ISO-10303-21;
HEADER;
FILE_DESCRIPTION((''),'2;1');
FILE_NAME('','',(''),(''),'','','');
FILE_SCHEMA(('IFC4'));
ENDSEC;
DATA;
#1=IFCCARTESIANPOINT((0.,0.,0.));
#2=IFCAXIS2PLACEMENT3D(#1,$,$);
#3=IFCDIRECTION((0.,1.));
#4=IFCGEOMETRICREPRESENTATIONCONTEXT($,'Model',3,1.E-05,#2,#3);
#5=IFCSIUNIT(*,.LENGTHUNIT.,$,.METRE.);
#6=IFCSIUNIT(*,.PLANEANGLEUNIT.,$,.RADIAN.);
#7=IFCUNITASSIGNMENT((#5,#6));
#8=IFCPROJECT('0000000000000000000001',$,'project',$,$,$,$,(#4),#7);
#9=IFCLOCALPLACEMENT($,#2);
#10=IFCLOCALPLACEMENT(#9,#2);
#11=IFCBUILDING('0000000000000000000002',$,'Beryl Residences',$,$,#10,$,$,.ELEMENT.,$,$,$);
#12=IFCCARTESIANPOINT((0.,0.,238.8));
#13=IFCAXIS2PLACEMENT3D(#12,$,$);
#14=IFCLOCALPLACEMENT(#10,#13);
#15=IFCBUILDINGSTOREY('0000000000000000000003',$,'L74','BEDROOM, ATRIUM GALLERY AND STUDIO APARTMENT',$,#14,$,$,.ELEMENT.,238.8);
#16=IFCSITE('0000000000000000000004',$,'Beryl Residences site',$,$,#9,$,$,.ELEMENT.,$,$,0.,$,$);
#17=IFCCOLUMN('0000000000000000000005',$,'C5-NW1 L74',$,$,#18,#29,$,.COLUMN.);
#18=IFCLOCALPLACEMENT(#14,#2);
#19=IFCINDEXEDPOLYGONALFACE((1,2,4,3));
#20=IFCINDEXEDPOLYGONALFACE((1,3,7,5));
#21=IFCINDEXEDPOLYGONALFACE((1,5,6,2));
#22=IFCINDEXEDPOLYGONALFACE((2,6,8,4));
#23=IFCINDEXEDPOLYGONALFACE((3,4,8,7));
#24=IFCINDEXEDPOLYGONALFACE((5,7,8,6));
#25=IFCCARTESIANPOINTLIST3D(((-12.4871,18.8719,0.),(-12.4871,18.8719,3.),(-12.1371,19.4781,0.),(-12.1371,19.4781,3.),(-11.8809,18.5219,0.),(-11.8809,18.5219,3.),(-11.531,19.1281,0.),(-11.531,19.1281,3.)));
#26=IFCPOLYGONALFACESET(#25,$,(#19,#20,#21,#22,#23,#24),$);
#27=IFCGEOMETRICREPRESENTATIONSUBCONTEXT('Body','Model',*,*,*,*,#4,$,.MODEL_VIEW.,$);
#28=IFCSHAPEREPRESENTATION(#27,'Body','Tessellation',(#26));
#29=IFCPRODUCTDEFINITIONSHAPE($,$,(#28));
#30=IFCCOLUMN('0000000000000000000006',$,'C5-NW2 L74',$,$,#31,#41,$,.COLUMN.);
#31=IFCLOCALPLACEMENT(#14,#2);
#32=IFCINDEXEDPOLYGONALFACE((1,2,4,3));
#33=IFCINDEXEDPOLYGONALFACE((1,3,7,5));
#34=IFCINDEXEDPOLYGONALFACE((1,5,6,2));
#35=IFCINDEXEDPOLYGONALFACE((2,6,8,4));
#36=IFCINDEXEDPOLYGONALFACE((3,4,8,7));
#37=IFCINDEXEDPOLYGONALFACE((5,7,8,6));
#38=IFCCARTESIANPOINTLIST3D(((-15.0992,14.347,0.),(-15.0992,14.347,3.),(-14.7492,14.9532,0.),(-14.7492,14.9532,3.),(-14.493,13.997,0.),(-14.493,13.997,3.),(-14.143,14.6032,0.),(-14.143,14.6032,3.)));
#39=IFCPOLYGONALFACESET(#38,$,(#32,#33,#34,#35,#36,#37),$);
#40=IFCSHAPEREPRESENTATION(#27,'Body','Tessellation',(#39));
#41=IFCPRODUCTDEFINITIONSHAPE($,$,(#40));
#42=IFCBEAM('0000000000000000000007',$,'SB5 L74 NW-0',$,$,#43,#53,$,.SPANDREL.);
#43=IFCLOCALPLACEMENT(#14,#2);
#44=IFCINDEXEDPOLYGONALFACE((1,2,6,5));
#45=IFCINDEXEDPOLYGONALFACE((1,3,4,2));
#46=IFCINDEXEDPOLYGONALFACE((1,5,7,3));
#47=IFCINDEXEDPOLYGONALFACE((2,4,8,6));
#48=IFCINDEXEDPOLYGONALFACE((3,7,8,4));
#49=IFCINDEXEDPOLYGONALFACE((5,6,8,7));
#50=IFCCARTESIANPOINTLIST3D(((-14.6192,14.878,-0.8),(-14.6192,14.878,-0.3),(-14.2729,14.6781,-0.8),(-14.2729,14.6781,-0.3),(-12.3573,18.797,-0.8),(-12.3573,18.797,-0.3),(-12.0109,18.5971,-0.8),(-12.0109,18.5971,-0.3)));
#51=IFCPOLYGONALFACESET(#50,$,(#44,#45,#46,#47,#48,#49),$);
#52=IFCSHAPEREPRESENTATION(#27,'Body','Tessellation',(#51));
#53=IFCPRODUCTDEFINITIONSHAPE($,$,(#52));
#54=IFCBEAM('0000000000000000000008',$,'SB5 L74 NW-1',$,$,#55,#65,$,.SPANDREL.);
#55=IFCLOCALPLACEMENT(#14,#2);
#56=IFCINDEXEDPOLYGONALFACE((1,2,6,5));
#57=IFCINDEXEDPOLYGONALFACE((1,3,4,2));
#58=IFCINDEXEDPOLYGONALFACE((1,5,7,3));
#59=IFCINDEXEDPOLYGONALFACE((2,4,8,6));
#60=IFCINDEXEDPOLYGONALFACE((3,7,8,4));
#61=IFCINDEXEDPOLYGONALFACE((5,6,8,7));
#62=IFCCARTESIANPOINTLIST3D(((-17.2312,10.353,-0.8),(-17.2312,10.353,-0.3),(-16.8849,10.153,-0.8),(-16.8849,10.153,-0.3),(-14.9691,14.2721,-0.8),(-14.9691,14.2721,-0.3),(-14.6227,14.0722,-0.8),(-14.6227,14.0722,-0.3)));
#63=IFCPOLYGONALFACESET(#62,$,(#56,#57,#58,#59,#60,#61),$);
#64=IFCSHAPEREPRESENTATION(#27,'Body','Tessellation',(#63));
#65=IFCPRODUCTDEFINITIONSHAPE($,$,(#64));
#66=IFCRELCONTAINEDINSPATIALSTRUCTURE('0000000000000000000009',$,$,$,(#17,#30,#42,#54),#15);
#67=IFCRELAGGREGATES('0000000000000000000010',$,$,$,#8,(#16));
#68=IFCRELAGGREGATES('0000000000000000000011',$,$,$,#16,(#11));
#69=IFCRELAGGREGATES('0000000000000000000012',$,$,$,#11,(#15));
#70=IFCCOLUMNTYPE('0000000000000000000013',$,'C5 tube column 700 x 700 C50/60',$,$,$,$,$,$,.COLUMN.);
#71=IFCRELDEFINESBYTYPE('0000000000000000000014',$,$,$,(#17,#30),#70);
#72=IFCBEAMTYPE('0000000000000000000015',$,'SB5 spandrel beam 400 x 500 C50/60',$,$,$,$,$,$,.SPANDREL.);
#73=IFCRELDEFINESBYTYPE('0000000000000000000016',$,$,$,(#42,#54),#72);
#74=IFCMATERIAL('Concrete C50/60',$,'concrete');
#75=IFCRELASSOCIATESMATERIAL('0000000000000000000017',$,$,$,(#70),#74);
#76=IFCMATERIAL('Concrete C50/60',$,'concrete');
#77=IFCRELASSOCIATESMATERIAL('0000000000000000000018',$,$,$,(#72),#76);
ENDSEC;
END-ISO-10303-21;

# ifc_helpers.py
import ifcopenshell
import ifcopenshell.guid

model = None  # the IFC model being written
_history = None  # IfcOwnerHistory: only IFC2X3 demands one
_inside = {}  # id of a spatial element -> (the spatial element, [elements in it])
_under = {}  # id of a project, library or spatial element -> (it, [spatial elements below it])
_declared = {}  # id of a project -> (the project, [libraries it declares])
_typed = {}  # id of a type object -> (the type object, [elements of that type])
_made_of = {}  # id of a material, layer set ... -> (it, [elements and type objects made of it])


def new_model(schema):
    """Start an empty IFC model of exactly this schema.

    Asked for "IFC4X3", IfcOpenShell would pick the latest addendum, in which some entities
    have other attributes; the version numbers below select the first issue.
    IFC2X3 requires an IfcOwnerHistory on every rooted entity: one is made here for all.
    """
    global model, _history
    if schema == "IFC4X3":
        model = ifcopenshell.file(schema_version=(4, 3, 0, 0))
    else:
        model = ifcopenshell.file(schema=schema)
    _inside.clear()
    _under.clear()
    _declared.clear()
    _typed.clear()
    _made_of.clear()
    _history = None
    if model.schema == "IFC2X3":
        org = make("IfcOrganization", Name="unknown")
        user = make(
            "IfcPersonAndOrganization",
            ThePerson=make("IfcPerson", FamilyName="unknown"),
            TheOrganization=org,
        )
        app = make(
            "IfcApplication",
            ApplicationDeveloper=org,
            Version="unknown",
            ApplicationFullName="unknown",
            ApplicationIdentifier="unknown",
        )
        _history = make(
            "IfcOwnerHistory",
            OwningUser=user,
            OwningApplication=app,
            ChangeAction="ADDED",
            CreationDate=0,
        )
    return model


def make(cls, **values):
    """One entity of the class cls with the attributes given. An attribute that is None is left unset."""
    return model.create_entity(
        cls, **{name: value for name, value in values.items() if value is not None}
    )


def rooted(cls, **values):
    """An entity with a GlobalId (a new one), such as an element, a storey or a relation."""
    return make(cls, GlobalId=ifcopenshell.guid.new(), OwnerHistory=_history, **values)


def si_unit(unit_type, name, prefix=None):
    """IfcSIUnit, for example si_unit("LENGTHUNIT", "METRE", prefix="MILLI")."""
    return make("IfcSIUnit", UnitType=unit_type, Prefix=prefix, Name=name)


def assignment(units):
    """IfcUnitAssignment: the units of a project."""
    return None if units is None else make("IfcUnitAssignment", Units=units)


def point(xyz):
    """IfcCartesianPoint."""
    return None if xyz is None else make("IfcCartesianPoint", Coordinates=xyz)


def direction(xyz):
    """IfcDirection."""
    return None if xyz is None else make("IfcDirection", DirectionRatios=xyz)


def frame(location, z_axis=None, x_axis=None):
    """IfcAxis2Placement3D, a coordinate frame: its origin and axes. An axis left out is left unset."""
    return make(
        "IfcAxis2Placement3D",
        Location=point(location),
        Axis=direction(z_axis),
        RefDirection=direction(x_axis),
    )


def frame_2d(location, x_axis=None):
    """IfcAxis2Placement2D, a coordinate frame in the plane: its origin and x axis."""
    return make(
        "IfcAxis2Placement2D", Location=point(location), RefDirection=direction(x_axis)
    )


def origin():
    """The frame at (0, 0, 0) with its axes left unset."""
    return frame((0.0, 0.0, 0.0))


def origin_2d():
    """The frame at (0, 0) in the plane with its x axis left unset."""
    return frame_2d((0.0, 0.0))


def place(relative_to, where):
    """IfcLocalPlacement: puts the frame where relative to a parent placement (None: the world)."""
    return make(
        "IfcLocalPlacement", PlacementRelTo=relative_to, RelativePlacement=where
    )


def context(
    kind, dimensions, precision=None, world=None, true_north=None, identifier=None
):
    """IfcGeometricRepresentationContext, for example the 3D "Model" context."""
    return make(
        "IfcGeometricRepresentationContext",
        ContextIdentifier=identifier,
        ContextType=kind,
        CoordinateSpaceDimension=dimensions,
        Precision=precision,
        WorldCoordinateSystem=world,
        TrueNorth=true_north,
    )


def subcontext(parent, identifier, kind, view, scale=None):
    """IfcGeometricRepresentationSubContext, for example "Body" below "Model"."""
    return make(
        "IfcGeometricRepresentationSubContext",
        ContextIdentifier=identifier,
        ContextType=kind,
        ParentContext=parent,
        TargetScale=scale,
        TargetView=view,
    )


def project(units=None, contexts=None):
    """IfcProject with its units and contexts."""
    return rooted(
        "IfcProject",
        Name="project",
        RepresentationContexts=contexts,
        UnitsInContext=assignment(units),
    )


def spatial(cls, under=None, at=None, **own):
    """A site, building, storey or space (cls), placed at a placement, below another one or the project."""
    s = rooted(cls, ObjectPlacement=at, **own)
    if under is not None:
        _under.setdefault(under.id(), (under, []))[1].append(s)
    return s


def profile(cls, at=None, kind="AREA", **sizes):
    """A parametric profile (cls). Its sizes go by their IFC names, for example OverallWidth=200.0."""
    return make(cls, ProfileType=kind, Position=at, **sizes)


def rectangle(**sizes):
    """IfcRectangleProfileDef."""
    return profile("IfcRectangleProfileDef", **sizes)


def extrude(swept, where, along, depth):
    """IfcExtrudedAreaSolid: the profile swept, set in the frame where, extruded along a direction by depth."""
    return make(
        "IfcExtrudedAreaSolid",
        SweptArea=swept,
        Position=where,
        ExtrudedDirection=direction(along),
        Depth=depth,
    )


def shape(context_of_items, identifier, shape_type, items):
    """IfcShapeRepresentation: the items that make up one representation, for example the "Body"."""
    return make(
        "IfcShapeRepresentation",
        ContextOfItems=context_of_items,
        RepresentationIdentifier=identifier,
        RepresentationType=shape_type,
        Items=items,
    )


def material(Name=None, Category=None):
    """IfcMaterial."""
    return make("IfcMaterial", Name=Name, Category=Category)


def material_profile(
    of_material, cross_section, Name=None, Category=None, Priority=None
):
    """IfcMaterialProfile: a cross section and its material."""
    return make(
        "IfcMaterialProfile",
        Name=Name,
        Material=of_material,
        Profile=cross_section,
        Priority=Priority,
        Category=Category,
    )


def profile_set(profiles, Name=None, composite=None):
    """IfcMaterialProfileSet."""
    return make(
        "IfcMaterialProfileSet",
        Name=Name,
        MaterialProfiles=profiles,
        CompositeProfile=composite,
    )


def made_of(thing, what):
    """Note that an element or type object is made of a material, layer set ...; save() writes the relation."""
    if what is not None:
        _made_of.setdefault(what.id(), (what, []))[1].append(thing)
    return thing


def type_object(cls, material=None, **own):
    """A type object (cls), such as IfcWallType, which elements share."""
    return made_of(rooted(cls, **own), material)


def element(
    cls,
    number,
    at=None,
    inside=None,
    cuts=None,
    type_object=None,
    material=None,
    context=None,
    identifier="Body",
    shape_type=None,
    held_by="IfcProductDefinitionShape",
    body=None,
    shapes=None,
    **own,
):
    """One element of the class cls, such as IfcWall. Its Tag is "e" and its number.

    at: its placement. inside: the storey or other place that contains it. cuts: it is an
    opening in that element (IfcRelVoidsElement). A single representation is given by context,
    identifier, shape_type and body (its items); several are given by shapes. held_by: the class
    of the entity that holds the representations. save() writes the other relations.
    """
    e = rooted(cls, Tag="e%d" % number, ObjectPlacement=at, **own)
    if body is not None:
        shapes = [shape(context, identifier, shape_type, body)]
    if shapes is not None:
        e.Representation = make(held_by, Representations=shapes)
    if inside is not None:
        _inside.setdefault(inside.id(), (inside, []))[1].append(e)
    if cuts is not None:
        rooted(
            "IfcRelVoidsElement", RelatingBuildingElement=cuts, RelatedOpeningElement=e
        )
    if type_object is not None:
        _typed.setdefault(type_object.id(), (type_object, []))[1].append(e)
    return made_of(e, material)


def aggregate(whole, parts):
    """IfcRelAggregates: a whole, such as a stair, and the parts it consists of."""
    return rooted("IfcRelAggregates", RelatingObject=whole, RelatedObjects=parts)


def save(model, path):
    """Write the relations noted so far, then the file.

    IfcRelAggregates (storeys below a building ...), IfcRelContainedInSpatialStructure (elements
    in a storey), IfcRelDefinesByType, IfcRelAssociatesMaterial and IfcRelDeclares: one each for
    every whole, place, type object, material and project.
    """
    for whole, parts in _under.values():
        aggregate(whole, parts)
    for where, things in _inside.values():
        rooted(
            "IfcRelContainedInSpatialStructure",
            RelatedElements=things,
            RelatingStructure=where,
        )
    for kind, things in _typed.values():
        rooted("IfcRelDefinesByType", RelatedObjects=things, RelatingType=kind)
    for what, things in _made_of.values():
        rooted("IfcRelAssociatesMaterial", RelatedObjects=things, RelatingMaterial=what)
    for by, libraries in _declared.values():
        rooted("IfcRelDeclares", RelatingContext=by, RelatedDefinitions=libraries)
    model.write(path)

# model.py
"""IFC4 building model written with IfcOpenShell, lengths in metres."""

from ifc_helpers import new_model, si_unit, direction, frame, origin, origin_2d, place, context, subcontext, project, spatial, rectangle, extrude, material, material_profile, profile_set, type_object, element, save


model = new_model("IFC4")

# Units and contexts
model_context = context("Model", 3, precision=1e-05, world=origin(), true_north=direction((0.0, 1.0)))
body_context = subcontext(model_context, "Body", "Model", "MODEL_VIEW")
ifc_project = project(units=[si_unit("LENGTHUNIT", "METRE"), si_unit("PLANEANGLEUNIT", "RADIAN")], contexts=[model_context])

# Site, building, storey
site_placement = place(None, origin())
site = spatial("IfcSite", under=ifc_project, at=site_placement, Name="Beryl Residences site", CompositionType="ELEMENT", RefElevation=0.0)
building_placement = place(site_placement, origin())
building = spatial("IfcBuilding", under=site, at=building_placement, Name="Beryl Residences", CompositionType="ELEMENT")
storey_placement = place(building_placement, frame((0.0, 0.0, 238.8)))
storey = spatial("IfcBuildingStorey", under=building, at=storey_placement, Name="L74", Description="BEDROOM, ATRIUM GALLERY AND STUDIO APARTMENT", CompositionType="ELEMENT", Elevation=238.8)

# Columns
ifc_material_1 = material(Name="Concrete C50/60", Category="concrete")
ifc_material_profile_1 = material_profile(ifc_material_1, rectangle(XDim=0.7, YDim=0.7, at=origin_2d()))
ifc_profile_set_1 = profile_set([ifc_material_profile_1], Name="Concrete C50/60")
column_type = type_object("IfcColumnType", Name="C5 tube column 700 x 700 C50/60", PredefinedType="COLUMN", material=ifc_profile_set_1)
for number, where, z_axis, x_axis, name in (
    (1, (-12.009, 19.0, 0.0), (0.0, 0.0, 1.0), (-0.49997, -0.866043, 0.0), "C5-NW1 L74"),
    (2, (-14.6211, 14.4751, 0.0), (0.0, 0.0, 1.0), (-0.49997, -0.866043, 0.0), "C5-NW2 L74"),
):
    element("IfcColumn", number, at=place(storey_placement, frame(where, z_axis=z_axis, x_axis=x_axis)), inside=storey, type_object=column_type, Name=name, PredefinedType="COLUMN", context=body_context, shape_type="SweptSolid", body=[
        extrude(rectangle(XDim=0.7, YDim=0.7, at=origin_2d()), origin(), (0.0, 0.0, 1.0), 3.0),
    ])

# Beams
ifc_material_2 = material(Name="Concrete C50/60", Category="concrete")
ifc_material_profile_2 = material_profile(ifc_material_2, rectangle(XDim=0.3999, YDim=0.5, at=origin_2d()))
ifc_profile_set_2 = profile_set([ifc_material_profile_2], Name="Concrete C50/60")
beam_type = type_object("IfcBeamType", Name="SB5 spandrel beam 400 x 500 C50/60", PredefinedType="SPANDREL", material=ifc_profile_set_2)
beam_1_placement = place(storey_placement, frame((-12.1841, 18.697, -0.55), z_axis=(-0.499894, -0.866087, 0.0), x_axis=(0.866087, -0.499894, 0.0)))
element("IfcBeam", 3, at=beam_1_placement, inside=storey, type_object=beam_type, Name="SB5 L74 NW-0", PredefinedType="SPANDREL", context=body_context, shape_type="SweptSolid", body=[
    extrude(rectangle(XDim=0.3999, YDim=0.5, at=origin_2d()), origin(), (0.0, 0.0, 1.0), 4.5249),
])
beam_2_placement = place(storey_placement, frame((-14.7959, 14.1721, -0.55), z_axis=(-0.499911, -0.866077, 0.0), x_axis=(0.866077, -0.499911, 0.0)))
element("IfcBeam", 4, at=beam_2_placement, inside=storey, type_object=beam_type, Name="SB5 L74 NW-1", PredefinedType="SPANDREL", context=body_context, shape_type="SweptSolid", body=[
    extrude(rectangle(XDim=0.3999, YDim=0.5, at=origin_2d()), origin(), (0.0, 0.0, 1.0), 4.5251),
])

save(model, "model.ifc")
